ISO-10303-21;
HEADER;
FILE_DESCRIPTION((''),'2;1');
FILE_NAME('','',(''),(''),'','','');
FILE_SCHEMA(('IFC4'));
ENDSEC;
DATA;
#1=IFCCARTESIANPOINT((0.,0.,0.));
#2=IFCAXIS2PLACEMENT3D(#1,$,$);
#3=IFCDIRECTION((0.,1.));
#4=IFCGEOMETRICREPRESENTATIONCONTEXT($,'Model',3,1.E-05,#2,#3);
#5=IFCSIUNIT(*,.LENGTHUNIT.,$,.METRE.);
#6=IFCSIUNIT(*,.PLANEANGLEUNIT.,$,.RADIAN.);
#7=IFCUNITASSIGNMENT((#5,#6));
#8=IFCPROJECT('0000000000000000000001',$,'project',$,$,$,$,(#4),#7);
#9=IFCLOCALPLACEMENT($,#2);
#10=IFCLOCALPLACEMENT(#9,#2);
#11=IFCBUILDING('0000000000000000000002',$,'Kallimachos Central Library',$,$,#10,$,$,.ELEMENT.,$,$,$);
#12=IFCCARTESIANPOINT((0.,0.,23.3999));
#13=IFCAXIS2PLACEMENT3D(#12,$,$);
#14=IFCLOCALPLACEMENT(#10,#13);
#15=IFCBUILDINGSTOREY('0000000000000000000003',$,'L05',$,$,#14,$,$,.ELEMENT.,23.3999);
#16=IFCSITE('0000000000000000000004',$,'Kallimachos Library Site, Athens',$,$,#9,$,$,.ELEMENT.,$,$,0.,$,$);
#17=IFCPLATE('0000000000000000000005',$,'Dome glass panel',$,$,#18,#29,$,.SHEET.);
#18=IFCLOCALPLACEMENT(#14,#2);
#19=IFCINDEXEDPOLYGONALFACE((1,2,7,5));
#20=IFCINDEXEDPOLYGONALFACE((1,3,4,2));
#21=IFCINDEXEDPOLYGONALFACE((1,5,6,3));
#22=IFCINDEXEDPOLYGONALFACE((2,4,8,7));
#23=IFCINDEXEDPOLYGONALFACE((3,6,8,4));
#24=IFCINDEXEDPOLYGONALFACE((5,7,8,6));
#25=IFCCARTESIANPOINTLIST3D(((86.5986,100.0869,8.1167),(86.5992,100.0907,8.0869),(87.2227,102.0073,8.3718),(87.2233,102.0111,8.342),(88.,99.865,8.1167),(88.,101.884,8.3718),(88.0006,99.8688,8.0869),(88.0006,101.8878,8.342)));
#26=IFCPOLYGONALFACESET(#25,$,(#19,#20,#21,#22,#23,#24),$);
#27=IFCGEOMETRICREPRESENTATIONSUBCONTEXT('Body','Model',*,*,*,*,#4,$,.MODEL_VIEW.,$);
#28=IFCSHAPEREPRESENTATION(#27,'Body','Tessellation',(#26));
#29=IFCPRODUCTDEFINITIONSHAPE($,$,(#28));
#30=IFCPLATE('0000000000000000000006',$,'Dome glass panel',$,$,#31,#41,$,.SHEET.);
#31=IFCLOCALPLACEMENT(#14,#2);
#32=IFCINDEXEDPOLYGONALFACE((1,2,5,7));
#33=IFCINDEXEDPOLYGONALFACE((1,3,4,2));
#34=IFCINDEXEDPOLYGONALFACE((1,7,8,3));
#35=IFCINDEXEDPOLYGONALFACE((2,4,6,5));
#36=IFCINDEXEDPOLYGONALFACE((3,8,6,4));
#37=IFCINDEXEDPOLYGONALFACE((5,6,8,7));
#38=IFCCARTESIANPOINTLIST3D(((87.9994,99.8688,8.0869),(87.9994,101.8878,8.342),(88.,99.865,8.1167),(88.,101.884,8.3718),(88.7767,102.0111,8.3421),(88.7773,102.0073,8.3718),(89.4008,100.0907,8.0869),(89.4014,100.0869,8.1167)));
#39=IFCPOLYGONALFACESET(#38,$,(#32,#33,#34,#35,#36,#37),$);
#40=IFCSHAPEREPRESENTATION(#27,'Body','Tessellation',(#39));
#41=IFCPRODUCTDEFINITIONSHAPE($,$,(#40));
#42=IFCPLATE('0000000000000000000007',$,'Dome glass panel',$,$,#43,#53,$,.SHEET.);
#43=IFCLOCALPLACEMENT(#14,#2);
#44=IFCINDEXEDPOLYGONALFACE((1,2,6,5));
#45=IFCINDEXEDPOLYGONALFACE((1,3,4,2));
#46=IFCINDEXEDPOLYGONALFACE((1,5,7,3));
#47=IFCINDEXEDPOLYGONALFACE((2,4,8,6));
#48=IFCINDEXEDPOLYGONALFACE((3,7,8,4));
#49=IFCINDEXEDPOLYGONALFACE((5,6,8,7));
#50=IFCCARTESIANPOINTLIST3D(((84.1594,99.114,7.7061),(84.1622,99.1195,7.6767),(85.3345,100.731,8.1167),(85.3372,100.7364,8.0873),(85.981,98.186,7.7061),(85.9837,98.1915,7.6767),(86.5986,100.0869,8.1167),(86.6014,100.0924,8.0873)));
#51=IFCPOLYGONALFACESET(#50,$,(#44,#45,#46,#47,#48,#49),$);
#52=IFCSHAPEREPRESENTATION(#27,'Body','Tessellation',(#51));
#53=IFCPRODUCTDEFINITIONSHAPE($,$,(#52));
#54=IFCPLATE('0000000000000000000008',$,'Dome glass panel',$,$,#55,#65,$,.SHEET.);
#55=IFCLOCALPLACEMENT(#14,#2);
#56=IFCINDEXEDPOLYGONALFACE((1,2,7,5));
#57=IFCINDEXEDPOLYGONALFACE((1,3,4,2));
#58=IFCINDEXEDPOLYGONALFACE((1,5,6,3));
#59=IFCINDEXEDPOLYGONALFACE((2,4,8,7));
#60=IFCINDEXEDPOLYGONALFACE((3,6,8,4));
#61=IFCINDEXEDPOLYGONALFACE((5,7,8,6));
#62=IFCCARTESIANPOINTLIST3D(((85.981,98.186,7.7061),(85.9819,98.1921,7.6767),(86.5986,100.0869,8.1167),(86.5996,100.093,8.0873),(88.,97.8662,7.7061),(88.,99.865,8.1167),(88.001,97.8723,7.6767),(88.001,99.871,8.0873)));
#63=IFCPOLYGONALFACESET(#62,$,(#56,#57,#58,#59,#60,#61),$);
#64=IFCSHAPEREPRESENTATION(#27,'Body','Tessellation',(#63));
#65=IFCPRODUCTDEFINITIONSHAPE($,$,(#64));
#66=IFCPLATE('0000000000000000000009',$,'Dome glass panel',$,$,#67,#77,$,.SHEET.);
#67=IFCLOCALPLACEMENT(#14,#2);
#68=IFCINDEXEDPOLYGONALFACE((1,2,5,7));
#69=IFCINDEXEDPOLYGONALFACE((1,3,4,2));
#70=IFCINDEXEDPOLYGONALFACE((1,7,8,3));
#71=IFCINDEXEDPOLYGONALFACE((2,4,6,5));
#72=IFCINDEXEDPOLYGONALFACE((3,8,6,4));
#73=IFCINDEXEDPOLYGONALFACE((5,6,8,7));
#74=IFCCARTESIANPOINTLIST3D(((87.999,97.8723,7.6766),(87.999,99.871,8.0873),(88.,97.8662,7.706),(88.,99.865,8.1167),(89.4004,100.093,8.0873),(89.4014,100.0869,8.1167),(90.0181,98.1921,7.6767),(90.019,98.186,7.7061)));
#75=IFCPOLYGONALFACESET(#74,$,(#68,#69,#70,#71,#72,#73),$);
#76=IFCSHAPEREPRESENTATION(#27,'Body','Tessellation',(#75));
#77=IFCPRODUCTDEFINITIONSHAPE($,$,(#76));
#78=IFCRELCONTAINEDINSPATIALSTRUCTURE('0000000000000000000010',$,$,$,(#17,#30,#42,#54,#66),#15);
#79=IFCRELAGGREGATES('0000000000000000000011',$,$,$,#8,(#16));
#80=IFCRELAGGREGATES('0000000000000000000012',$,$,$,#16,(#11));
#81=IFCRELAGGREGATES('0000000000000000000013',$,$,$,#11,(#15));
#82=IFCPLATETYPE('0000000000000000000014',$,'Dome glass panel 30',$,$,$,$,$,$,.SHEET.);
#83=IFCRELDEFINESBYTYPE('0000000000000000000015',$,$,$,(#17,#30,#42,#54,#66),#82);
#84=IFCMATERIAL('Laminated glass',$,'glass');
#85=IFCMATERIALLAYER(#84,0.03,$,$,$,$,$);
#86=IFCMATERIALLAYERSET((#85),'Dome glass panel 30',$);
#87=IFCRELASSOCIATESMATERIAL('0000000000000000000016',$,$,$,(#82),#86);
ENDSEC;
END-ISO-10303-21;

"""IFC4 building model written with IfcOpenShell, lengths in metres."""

from ifc_helpers import new_model, si_unit, direction, frame, origin, place, context, subcontext, project, spatial, polyline, outline, extrude, material, layer, layer_set, type_object, element, save


model = new_model("IFC4")

# Units and contexts
model_context = context("Model", 3, precision=1e-05, world=origin(), true_north=direction((0.0, 1.0)))
body_context = subcontext(model_context, "Body", "Model", "MODEL_VIEW")
ifc_project = project(units=[si_unit("LENGTHUNIT", "METRE"), si_unit("PLANEANGLEUNIT", "RADIAN")], contexts=[model_context])

# Site, building, storey
site_placement = place(None, origin())
site = spatial("IfcSite", under=ifc_project, at=site_placement, Name="Kallimachos Library Site, Athens", CompositionType="ELEMENT", RefElevation=0.0)
building_placement = place(site_placement, origin())
building = spatial("IfcBuilding", under=site, at=building_placement, Name="Kallimachos Central Library", CompositionType="ELEMENT")
storey_placement = place(building_placement, frame((0.0, 0.0, 23.3999)))
storey = spatial("IfcBuildingStorey", under=building, at=storey_placement, Name="L05", CompositionType="ELEMENT", Elevation=23.3999)

# Plates
ifc_material_1 = material(Name="Laminated glass", Category="glass")
ifc_layer = layer(ifc_material_1, 0.03)
ifc_layer_set = layer_set([ifc_layer], Name="Dome glass panel 30")
plate_type = type_object("IfcPlateType", Name="Dome glass panel 30", PredefinedType="SHEET", material=ifc_layer_set)
plate_1_placement = place(storey_placement, frame((87.2227, 102.0073, 8.3718), z_axis=(-0.019859, -0.125331, 0.991916), x_axis=(-0.306599, -0.943548, -0.125358)))
element("IfcPlate", 1, at=plate_1_placement, inside=storey, type_object=plate_type, Name="Dome glass panel", PredefinedType="SHEET", context=body_context, shape_type="SweptSolid", body=[
    extrude(outline(polyline([(0.0, 0.0), (2.0353, 0.0), (1.815, 1.4016), (-0.122, 0.7775), (0.0, 0.0)])), origin(), (0.0, 0.0, -1.0), 0.03),
])
plate_2_placement = place(storey_placement, frame((88.0, 101.884, 8.3718), z_axis=(0.019859, -0.125331, 0.991916), x_axis=(0.0, -0.992112, -0.125356)))
element("IfcPlate", 2, at=plate_2_placement, inside=storey, type_object=plate_type, Name="Dome glass panel", PredefinedType="SHEET", context=body_context, shape_type="SweptSolid", body=[
    extrude(outline(polyline([(0.0, 0.0), (2.0351, 0.0), (1.8149, 1.4016), (-0.1223, 0.7775), (0.0, 0.0)])), origin(), (0.0, 0.0, -1.0), 0.03),
])
plate_3_placement = place(storey_placement, frame((85.3345, 100.731, 8.1167), z_axis=(-0.092446, -0.181461, 0.979043), x_axis=(-0.575847, -0.792403, -0.201242)))
element("IfcPlate", 3, at=plate_3_placement, inside=storey, type_object=plate_type, Name="Dome glass panel", PredefinedType="SHEET", context=body_context, shape_type="SweptSolid", body=[
    extrude(outline(polyline([(0.0, 0.0), (2.0406, 0.0), (1.727, 2.0201), (-0.2176, 1.402), (0.0, 0.0)])), origin(), (0.0, 0.0, -1.0), 0.03),
])
plate_4_placement = place(storey_placement, frame((86.5986, 100.0869, 8.1167), z_axis=(-0.031859, -0.201146, 0.979043), x_axis=(-0.302714, -0.931592, -0.201247)))
element("IfcPlate", 4, at=plate_4_placement, inside=storey, type_object=plate_type, Name="Dome glass panel", PredefinedType="SHEET", context=body_context, shape_type="SweptSolid", body=[
    extrude(outline(polyline([(0.0, 0.0), (2.0405, 0.0), (1.7272, 2.0201), (-0.2175, 1.4021), (0.0, 0.0)])), origin(), (0.0, 0.0, -1.0), 0.03),
])
plate_5_placement = place(storey_placement, frame((88.0, 99.865, 8.1167), z_axis=(0.031859, -0.201146, 0.979043), x_axis=(0.0, -0.97954, -0.201248)))
element("IfcPlate", 5, at=plate_5_placement, inside=storey, type_object=plate_type, Name="Dome glass panel", PredefinedType="SHEET", context=body_context, shape_type="SweptSolid", body=[
    extrude(outline(polyline([(0.0, 0.0), (2.0405, 0.0), (1.7272, 2.0201), (-0.2174, 1.4021), (0.0, 0.0)])), origin(), (0.0, 0.0, -1.0), 0.03),
])

save(model, "model.ifc")
